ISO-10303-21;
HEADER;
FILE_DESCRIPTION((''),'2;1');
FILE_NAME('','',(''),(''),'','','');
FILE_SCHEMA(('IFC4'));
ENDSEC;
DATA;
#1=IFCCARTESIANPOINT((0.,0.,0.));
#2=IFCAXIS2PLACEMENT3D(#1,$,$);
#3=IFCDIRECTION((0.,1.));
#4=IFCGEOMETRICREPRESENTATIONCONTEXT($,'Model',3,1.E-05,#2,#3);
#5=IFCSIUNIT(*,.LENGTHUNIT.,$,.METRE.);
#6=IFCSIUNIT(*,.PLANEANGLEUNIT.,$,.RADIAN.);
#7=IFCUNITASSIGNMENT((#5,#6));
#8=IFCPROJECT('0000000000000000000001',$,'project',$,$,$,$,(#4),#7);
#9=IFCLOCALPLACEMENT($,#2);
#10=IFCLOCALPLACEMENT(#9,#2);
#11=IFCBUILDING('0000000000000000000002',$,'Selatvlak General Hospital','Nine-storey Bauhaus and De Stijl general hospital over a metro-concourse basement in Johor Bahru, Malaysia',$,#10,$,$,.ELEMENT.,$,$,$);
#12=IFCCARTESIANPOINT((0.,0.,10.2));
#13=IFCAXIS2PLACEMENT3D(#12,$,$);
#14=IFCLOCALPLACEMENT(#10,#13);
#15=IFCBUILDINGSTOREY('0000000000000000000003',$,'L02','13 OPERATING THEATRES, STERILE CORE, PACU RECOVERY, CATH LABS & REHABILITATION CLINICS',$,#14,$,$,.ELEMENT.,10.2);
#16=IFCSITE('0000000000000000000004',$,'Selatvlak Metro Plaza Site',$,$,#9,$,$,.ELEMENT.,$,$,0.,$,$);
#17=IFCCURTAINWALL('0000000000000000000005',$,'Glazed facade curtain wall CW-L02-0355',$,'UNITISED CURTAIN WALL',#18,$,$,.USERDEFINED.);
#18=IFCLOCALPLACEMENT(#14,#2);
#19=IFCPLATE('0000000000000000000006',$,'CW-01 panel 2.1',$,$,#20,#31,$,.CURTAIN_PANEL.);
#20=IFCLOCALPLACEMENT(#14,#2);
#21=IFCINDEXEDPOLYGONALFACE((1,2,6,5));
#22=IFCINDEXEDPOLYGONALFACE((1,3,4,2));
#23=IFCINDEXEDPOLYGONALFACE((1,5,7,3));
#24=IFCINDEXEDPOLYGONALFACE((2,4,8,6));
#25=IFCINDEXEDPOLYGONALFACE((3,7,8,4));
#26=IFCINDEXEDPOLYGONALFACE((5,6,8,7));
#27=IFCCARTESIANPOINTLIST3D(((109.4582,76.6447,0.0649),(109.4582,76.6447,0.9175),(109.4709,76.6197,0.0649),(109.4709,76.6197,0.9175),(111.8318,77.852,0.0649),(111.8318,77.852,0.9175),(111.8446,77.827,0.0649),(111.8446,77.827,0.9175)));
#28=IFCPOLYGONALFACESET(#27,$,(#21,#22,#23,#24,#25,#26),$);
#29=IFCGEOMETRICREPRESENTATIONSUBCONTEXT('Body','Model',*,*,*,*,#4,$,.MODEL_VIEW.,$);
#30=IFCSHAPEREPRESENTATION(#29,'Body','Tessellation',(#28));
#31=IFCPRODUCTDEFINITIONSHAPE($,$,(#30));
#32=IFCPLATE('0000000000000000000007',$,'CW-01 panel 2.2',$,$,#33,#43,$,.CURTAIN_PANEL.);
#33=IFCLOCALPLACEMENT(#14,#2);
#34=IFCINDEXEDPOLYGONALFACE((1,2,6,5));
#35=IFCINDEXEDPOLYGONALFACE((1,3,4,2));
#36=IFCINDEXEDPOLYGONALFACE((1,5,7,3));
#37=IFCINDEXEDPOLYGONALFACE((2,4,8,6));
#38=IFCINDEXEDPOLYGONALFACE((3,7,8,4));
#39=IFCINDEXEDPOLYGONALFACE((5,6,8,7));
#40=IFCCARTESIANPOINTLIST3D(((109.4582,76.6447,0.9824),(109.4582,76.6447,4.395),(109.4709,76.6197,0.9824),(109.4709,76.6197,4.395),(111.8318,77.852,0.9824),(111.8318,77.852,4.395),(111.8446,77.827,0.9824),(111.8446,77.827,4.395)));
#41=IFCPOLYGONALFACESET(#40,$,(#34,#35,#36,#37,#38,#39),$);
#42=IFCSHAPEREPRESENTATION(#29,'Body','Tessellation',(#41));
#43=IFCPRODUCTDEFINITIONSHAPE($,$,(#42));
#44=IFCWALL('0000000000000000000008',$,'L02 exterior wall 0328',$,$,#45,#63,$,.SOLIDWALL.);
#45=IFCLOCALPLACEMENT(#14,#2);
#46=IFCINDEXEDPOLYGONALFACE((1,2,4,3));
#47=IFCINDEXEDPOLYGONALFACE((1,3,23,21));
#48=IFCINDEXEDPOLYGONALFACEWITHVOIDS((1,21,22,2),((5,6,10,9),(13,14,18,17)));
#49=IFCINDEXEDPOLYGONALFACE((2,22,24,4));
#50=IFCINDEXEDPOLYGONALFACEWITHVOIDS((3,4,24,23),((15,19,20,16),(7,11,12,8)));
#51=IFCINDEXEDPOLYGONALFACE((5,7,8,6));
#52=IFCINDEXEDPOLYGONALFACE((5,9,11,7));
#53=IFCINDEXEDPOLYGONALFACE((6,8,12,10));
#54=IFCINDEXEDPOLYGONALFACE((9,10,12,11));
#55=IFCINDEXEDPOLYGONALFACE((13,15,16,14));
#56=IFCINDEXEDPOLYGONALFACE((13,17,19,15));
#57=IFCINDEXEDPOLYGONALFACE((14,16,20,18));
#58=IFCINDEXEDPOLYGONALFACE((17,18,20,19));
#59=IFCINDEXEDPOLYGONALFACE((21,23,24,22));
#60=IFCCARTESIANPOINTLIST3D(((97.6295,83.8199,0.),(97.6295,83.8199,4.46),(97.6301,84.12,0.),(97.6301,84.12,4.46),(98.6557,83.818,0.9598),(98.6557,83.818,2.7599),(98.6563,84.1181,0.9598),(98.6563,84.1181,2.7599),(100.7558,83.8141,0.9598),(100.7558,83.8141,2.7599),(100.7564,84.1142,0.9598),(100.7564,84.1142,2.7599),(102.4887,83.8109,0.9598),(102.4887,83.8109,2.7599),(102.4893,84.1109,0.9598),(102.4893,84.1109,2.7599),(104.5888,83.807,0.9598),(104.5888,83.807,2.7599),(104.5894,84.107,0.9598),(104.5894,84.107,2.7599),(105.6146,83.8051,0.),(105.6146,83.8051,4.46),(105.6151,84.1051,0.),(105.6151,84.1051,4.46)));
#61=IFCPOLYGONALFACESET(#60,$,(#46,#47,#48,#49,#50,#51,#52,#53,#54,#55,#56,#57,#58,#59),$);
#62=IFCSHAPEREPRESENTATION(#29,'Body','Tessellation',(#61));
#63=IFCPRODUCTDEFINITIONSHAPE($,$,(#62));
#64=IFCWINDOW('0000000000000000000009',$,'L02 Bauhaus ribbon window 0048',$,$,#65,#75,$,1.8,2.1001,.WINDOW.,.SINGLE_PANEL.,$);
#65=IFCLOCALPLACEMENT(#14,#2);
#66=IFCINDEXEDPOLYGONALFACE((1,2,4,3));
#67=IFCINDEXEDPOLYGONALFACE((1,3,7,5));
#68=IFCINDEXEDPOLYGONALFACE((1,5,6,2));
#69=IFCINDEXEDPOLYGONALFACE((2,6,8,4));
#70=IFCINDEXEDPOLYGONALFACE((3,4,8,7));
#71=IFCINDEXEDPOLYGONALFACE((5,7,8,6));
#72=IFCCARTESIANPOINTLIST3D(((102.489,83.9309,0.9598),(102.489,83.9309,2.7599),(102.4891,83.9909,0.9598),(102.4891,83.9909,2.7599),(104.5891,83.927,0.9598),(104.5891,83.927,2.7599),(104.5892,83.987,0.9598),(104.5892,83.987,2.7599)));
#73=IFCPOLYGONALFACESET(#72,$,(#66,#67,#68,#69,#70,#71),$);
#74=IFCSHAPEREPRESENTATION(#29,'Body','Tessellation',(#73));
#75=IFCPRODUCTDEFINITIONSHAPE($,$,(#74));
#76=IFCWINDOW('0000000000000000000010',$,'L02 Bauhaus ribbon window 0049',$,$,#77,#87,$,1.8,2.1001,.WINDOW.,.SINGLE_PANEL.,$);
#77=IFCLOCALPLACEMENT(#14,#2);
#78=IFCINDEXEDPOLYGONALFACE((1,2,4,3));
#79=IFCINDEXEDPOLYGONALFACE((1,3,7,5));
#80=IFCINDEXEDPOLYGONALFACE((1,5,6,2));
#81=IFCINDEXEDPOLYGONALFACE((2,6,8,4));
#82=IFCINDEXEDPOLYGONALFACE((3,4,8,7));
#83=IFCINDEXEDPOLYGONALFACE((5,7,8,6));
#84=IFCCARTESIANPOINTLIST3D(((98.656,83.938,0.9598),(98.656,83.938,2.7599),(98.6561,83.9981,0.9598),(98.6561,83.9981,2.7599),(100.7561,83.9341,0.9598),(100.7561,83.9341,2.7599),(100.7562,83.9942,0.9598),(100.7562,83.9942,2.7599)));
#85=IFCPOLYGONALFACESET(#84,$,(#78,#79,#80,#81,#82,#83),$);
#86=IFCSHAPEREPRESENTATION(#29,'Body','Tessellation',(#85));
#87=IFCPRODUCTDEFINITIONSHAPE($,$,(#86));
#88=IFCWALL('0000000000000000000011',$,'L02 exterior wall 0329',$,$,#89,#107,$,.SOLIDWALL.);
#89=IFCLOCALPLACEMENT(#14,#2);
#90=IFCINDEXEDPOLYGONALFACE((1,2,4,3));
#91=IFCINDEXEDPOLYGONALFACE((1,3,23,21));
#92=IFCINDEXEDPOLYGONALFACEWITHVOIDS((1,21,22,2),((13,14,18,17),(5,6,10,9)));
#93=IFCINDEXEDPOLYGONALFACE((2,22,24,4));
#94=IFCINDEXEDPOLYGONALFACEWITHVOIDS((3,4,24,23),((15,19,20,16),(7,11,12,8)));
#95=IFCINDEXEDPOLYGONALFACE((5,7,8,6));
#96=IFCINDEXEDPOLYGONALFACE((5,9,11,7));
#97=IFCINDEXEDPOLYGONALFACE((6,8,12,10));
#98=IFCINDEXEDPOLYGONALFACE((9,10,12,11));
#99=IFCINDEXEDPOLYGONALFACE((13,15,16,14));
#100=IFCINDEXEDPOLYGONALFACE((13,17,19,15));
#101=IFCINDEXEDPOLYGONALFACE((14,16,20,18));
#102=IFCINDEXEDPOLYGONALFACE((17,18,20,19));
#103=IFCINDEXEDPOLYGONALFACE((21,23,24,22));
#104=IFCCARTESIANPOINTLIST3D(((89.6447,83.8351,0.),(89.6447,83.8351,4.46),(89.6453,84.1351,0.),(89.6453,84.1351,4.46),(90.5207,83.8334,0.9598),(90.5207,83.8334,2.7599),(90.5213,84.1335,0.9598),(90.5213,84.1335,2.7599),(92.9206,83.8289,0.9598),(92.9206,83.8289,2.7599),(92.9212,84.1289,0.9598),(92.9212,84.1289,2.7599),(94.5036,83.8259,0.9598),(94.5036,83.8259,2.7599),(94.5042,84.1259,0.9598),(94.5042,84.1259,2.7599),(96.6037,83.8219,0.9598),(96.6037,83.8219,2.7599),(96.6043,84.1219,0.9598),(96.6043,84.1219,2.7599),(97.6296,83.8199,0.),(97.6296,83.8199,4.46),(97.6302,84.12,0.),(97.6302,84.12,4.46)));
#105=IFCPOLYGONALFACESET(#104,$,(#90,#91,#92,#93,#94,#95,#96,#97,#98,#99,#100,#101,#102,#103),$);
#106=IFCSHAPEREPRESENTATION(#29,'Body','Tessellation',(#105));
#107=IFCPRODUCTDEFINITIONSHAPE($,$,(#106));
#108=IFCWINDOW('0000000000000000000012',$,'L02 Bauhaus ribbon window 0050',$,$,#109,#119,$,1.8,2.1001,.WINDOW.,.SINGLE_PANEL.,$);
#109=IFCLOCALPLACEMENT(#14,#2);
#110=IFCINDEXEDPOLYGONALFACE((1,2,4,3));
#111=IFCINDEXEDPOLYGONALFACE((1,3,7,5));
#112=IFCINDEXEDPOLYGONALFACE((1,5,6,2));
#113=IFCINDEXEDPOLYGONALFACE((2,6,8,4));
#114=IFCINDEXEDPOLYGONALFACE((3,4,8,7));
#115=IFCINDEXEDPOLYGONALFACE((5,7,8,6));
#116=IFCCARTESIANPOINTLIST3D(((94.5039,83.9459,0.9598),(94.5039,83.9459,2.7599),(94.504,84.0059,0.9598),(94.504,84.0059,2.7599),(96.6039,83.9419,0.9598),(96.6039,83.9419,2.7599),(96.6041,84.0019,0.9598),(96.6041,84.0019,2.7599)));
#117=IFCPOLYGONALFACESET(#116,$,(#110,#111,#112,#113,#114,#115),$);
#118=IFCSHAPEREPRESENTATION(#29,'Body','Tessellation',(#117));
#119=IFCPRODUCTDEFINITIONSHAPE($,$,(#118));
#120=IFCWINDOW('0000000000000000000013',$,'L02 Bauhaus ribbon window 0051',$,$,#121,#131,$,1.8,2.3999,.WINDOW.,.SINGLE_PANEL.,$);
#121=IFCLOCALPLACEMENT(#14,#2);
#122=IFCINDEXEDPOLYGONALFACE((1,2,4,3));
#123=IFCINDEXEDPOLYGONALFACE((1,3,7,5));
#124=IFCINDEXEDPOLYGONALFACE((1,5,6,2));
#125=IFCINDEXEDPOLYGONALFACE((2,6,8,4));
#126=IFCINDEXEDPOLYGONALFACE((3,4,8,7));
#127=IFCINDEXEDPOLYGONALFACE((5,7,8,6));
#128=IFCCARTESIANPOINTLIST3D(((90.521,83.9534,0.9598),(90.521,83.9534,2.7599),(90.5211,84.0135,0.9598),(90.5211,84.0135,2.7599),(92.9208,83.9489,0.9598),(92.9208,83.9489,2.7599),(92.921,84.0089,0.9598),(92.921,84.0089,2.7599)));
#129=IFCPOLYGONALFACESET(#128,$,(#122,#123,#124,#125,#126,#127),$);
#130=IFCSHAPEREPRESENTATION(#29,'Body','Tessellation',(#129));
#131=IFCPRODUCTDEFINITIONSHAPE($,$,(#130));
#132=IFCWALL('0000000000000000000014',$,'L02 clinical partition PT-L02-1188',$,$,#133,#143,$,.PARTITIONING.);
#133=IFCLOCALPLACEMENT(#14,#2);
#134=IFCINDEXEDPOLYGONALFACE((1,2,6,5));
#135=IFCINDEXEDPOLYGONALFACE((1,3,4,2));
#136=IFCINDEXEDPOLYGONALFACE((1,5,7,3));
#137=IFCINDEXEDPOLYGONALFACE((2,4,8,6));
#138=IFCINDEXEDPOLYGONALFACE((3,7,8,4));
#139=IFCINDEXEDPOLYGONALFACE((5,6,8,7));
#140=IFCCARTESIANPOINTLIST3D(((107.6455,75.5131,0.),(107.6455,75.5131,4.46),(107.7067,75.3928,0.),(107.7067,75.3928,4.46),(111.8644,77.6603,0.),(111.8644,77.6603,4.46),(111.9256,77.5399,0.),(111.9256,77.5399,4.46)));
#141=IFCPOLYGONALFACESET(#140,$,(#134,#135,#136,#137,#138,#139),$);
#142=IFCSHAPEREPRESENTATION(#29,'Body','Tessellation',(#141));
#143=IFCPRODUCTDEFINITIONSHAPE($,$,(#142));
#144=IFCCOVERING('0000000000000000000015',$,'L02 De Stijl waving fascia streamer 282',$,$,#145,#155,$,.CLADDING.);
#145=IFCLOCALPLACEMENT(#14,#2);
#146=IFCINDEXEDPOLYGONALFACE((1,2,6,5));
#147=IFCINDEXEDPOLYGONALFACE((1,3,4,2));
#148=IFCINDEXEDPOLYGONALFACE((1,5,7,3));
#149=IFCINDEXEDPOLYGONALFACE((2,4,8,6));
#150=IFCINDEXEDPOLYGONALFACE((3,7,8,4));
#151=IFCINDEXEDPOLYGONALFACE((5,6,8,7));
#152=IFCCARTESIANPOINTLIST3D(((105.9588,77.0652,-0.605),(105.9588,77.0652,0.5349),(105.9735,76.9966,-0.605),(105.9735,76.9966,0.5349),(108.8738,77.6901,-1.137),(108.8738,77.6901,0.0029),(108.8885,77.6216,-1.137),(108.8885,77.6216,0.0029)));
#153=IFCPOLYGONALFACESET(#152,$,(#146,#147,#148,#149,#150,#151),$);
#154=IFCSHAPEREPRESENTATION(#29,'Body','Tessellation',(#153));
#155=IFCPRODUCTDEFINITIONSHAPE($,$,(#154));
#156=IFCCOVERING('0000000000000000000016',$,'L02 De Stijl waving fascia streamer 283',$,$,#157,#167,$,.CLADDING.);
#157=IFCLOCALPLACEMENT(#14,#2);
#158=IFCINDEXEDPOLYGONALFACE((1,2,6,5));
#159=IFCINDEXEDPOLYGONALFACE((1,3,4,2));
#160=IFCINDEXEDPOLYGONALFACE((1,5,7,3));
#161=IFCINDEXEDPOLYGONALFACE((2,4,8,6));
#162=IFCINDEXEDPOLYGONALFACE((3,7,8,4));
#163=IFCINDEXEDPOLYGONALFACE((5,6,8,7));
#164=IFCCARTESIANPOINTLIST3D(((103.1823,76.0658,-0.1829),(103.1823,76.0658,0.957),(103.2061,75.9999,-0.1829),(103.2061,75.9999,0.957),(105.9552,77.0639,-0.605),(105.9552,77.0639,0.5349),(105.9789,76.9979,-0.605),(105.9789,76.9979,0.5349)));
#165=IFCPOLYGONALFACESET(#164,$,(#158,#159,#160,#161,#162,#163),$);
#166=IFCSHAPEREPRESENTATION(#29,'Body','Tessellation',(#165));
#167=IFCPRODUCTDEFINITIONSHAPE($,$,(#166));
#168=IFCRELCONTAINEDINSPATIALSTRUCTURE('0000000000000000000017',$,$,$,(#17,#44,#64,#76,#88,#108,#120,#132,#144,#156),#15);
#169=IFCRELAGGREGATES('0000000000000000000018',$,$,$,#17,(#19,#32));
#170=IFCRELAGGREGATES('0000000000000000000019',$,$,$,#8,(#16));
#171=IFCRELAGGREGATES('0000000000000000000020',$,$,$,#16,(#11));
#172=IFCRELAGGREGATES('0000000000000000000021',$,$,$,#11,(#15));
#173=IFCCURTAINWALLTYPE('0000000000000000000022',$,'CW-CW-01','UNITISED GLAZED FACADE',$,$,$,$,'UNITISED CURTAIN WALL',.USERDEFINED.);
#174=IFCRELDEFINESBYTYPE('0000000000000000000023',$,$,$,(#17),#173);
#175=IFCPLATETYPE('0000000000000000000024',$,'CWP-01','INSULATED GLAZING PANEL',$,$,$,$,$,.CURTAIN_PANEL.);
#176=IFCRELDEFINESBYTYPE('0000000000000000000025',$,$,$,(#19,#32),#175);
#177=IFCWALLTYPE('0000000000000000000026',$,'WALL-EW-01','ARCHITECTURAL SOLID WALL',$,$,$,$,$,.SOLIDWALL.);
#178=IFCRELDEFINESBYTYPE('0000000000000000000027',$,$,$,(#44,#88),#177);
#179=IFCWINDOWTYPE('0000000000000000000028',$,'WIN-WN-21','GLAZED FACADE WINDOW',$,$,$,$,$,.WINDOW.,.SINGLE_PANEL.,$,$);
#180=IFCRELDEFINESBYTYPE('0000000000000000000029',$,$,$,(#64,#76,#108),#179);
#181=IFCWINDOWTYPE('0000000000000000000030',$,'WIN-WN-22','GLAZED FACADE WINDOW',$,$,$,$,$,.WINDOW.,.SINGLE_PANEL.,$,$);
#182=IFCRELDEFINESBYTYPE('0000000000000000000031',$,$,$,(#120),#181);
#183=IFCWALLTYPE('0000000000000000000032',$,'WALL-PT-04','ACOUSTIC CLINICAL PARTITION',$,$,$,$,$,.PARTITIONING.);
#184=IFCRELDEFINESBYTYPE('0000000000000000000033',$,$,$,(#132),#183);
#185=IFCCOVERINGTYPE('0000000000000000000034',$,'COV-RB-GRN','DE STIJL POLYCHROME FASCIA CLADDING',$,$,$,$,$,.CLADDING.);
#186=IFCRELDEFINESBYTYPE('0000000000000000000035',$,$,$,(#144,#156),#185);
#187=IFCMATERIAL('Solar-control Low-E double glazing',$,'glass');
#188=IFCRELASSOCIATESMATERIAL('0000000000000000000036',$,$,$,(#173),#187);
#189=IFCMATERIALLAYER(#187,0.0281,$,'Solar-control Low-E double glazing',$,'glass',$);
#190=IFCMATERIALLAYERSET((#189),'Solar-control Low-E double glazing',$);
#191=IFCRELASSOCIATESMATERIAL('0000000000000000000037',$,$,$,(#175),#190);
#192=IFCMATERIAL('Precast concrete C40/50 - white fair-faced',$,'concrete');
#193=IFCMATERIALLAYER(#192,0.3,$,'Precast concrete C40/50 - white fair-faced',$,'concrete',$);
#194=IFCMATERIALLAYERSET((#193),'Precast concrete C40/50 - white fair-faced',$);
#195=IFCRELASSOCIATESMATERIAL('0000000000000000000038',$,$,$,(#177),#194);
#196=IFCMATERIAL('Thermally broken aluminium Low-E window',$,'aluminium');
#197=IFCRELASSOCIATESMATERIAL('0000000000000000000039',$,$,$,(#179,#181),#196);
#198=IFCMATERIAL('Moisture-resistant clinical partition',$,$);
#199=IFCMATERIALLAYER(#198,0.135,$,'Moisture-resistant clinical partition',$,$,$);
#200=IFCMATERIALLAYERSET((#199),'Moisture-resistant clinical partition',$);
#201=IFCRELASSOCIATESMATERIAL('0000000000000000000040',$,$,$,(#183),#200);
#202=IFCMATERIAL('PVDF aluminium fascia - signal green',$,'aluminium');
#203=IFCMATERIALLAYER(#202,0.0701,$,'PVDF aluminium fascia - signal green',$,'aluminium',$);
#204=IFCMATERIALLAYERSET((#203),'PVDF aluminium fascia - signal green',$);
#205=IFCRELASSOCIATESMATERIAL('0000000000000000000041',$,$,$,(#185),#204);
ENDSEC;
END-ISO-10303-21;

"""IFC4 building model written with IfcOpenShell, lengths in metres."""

from ifc_helpers import new_model, si_unit, direction, frame, frame_2d, origin, origin_2d, place, context, subcontext, project, spatial, polyline, rectangle, outline, extrude, material, layer, layer_set, type_object, element, fill, aggregate, save


model = new_model("IFC4")

# Units and contexts
model_context = context("Model", 3, precision=1e-05, world=origin(), true_north=direction((0.0, 1.0)))
body_context = subcontext(model_context, "Body", "Model", "MODEL_VIEW")
ifc_project = project(units=[si_unit("LENGTHUNIT", "METRE"), si_unit("PLANEANGLEUNIT", "RADIAN")], contexts=[model_context])

# Site, building, storey
site_placement = place(None, origin())
site = spatial("IfcSite", under=ifc_project, at=site_placement, Name="Selatvlak Metro Plaza Site", CompositionType="ELEMENT", RefElevation=0.0)
building_placement = place(site_placement, origin())
building = spatial("IfcBuilding", under=site, at=building_placement, Name="Selatvlak General Hospital", Description="Nine-storey Bauhaus and De Stijl general hospital over a metro-concourse basement in Johor Bahru, Malaysia", CompositionType="ELEMENT")
storey_placement = place(building_placement, frame((0.0, 0.0, 10.2)))
storey = spatial("IfcBuildingStorey", under=building, at=storey_placement, Name="L02", Description="13 OPERATING THEATRES, STERILE CORE, PACU RECOVERY, CATH LABS & REHABILITATION CLINICS", CompositionType="ELEMENT", Elevation=10.2)

# Curtain wall
ifc_material_1 = material(Name="Solar-control Low-E double glazing", Category="glass")
curtain_wall_type_1 = type_object("IfcCurtainWallType", Name="CW-CW-01", Description="UNITISED GLAZED FACADE", ElementType="UNITISED CURTAIN WALL", PredefinedType="USERDEFINED", material=ifc_material_1)
curtain_wall_1_placement = place(storey_placement, origin())
curtain_wall_1 = element("IfcCurtainWall", 1, at=curtain_wall_1_placement, inside=storey, type_object=curtain_wall_type_1, Name="Glazed facade curtain wall CW-L02-0355", ObjectType="UNITISED CURTAIN WALL", PredefinedType="USERDEFINED")

# Plates
ifc_layer_1 = layer(ifc_material_1, 0.0281, Name="Solar-control Low-E double glazing", Category="glass")
ifc_layer_set_1 = layer_set([ifc_layer_1], Name="Solar-control Low-E double glazing")
plate_type = type_object("IfcPlateType", Name="CWP-01", Description="INSULATED GLAZING PANEL", PredefinedType="CURTAIN_PANEL", material=ifc_layer_set_1)
plate_1_placement = place(storey_placement, frame((110.6514, 77.2358, 0.0649), z_axis=(0.0, 0.0, 1.0), x_axis=(0.891327, 0.453361, 0.0)))
plate_1 = element("IfcPlate", 2, at=plate_1_placement, type_object=plate_type, Name="CW-01 panel 2.1", PredefinedType="CURTAIN_PANEL", context=body_context, shape_type="SweptSolid", body=[
    extrude(rectangle(XDim=2.6631, YDim=0.0281, at=origin_2d()), origin(), (0.0, 0.0, 1.0), 0.8525),
])
plate_2_placement = place(storey_placement, frame((110.6514, 77.2358, 0.9824), z_axis=(0.0, 0.0, 1.0), x_axis=(0.891327, 0.453361, 0.0)))
plate_2 = element("IfcPlate", 3, at=plate_2_placement, type_object=plate_type, Name="CW-01 panel 2.2", PredefinedType="CURTAIN_PANEL", context=body_context, shape_type="SweptSolid", body=[
    extrude(rectangle(XDim=2.6631, YDim=0.0281, at=origin_2d()), origin(), (0.0, 0.0, 1.0), 3.4126),
])
aggregate(curtain_wall_1, [plate_1, plate_2])

# Walls, openings, windows
ifc_material_2 = material(Name="Precast concrete C40/50 - white fair-faced", Category="concrete")
ifc_layer_2 = layer(ifc_material_2, 0.3, Name="Precast concrete C40/50 - white fair-faced", Category="concrete")
ifc_layer_set_2 = layer_set([ifc_layer_2], Name="Precast concrete C40/50 - white fair-faced")
wall_type_1 = type_object("IfcWallType", Name="WALL-EW-01", Description="ARCHITECTURAL SOLID WALL", PredefinedType="SOLIDWALL", material=ifc_layer_set_2)
wall_1_placement = place(storey_placement, frame((105.615, 83.9551, 0.0), z_axis=(0.0, 0.0, 1.0), x_axis=(-0.999998, 0.001865, 0.0)))
wall_1 = element("IfcWall", 4, at=wall_1_placement, inside=storey, type_object=wall_type_1, Name="L02 exterior wall 0328", PredefinedType="SOLIDWALL", context=body_context, shape_type="SweptSolid", body=[
    extrude(rectangle(XDim=7.9851, YDim=0.3, at=frame_2d((3.9927, 0.0))), origin(), (0.0, 0.0, 1.0), 4.46),
])
opening_1_placement = place(wall_1_placement, frame((1.0259, 0.0, 0.96)))
opening_1 = element("IfcOpeningElement", 5, at=opening_1_placement, cuts=wall_1, PredefinedType="OPENING", context=body_context, shape_type="SweptSolid", body=[
    extrude(rectangle(XDim=2.1001, YDim=1.8, at=frame_2d((1.05, 0.8999))), frame((0.0, 0.1599, 0.0), z_axis=(0.0, -1.0, 0.0), x_axis=(1.0, 0.0, 0.0)), (0.0, 0.0, 1.0), 0.3201),
])
opening_2_placement = place(wall_1_placement, frame((4.8589, 0.0, 0.96)))
opening_2 = element("IfcOpeningElement", 6, at=opening_2_placement, cuts=wall_1, PredefinedType="OPENING", context=body_context, shape_type="SweptSolid", body=[
    extrude(rectangle(XDim=2.1001, YDim=1.8, at=frame_2d((1.05, 0.8999))), frame((0.0, 0.1599, 0.0), z_axis=(0.0, -1.0, 0.0), x_axis=(1.0, 0.0, 0.0)), (0.0, 0.0, 1.0), 0.3201),
])
ifc_material_3 = material(Name="Thermally broken aluminium Low-E window", Category="aluminium")
window_type_1 = type_object("IfcWindowType", Name="WIN-WN-21", Description="GLAZED FACADE WINDOW", PartitioningType="SINGLE_PANEL", PredefinedType="WINDOW", material=ifc_material_3)
window_1_placement = place(opening_1_placement, origin())
window_1 = element("IfcWindow", 7, at=window_1_placement, inside=storey, type_object=window_type_1, Name="L02 Bauhaus ribbon window 0048", OverallHeight=1.8, OverallWidth=2.1001, PartitioningType="SINGLE_PANEL", PredefinedType="WINDOW", context=body_context, shape_type="SweptSolid", body=[
    extrude(rectangle(XDim=2.1001, YDim=1.8, at=frame_2d((1.05, 0.8999))), frame((0.0, 0.03, 0.0), z_axis=(0.0, -1.0, 0.0), x_axis=(1.0, 0.0, 0.0)), (0.0, 0.0, 1.0), 0.0601),
])
fill(opening_1, window_1)
window_2_placement = place(opening_2_placement, origin())
window_2 = element("IfcWindow", 8, at=window_2_placement, inside=storey, type_object=window_type_1, Name="L02 Bauhaus ribbon window 0049", OverallHeight=1.8, OverallWidth=2.1001, PartitioningType="SINGLE_PANEL", PredefinedType="WINDOW", context=body_context, shape_type="SweptSolid", body=[
    extrude(rectangle(XDim=2.1001, YDim=1.8, at=frame_2d((1.05, 0.8999))), frame((0.0, 0.03, 0.0), z_axis=(0.0, -1.0, 0.0), x_axis=(1.0, 0.0, 0.0)), (0.0, 0.0, 1.0), 0.0601),
])
fill(opening_2, window_2)
wall_2_placement = place(storey_placement, frame((97.6299, 83.97, 0.0), z_axis=(0.0, 0.0, 1.0), x_axis=(-0.999998, 0.001896, 0.0)))
wall_2 = element("IfcWall", 9, at=wall_2_placement, inside=storey, type_object=wall_type_1, Name="L02 exterior wall 0329", PredefinedType="SOLIDWALL", context=body_context, shape_type="SweptSolid", body=[
    extrude(rectangle(XDim=7.9849, YDim=0.3, at=frame_2d((3.9924, 0.0))), origin(), (0.0, 0.0, 1.0), 4.46),
])
opening_3_placement = place(wall_2_placement, frame((1.0259, 0.0, 0.96)))
opening_3 = element("IfcOpeningElement", 10, at=opening_3_placement, cuts=wall_2, PredefinedType="OPENING", context=body_context, shape_type="SweptSolid", body=[
    extrude(rectangle(XDim=2.1001, YDim=1.8, at=frame_2d((1.05, 0.8999))), frame((0.0, 0.1599, 0.0), z_axis=(0.0, -1.0, 0.0), x_axis=(1.0, 0.0, 0.0)), (0.0, 0.0, 1.0), 0.3201),
])
opening_4_placement = place(wall_2_placement, frame((4.709, 0.0, 0.96)))
opening_4 = element("IfcOpeningElement", 11, at=opening_4_placement, cuts=wall_2, PredefinedType="OPENING", context=body_context, shape_type="SweptSolid", body=[
    extrude(rectangle(XDim=2.3999, YDim=1.8, at=frame_2d((1.2, 0.8999))), frame((0.0, 0.1599, 0.0), z_axis=(0.0, -1.0, 0.0), x_axis=(1.0, 0.0, 0.0)), (0.0, 0.0, 1.0), 0.3201),
])
window_3_placement = place(opening_3_placement, origin())
window_3 = element("IfcWindow", 12, at=window_3_placement, inside=storey, type_object=window_type_1, Name="L02 Bauhaus ribbon window 0050", OverallHeight=1.8, OverallWidth=2.1001, PartitioningType="SINGLE_PANEL", PredefinedType="WINDOW", context=body_context, shape_type="SweptSolid", body=[
    extrude(rectangle(XDim=2.1001, YDim=1.8, at=frame_2d((1.05, 0.8999))), frame((0.0, 0.03, 0.0), z_axis=(0.0, -1.0, 0.0), x_axis=(1.0, 0.0, 0.0)), (0.0, 0.0, 1.0), 0.0601),
])
fill(opening_3, window_3)
window_type_2 = type_object("IfcWindowType", Name="WIN-WN-22", Description="GLAZED FACADE WINDOW", PartitioningType="SINGLE_PANEL", PredefinedType="WINDOW", material=ifc_material_3)
window_4_placement = place(opening_4_placement, origin())
window_4 = element("IfcWindow", 13, at=window_4_placement, inside=storey, type_object=window_type_2, Name="L02 Bauhaus ribbon window 0051", OverallHeight=1.8, OverallWidth=2.3999, PartitioningType="SINGLE_PANEL", PredefinedType="WINDOW", context=body_context, shape_type="SweptSolid", body=[
    extrude(rectangle(XDim=2.3999, YDim=1.8, at=frame_2d((1.2, 0.8999))), frame((0.0, 0.03, 0.0), z_axis=(0.0, -1.0, 0.0), x_axis=(1.0, 0.0, 0.0)), (0.0, 0.0, 1.0), 0.0601),
])
fill(opening_4, window_4)

# Wall
ifc_material_4 = material(Name="Moisture-resistant clinical partition")
ifc_layer_3 = layer(ifc_material_4, 0.135, Name="Moisture-resistant clinical partition")
ifc_layer_set_3 = layer_set([ifc_layer_3], Name="Moisture-resistant clinical partition")
wall_type_2 = type_object("IfcWallType", Name="WALL-PT-04", Description="ACOUSTIC CLINICAL PARTITION", PredefinedType="PARTITIONING", material=ifc_layer_set_3)
wall_3_placement = place(storey_placement, frame((111.895, 77.6001, 0.0), z_axis=(0.0, 0.0, 1.0), x_axis=(-0.891217, -0.453577, 0.0)))
element("IfcWall", 14, at=wall_3_placement, inside=storey, type_object=wall_type_2, Name="L02 clinical partition PT-L02-1188", PredefinedType="PARTITIONING", context=body_context, shape_type="SweptSolid", body=[
    extrude(rectangle(XDim=4.7339, YDim=0.135, at=frame_2d((2.3669, 0.0))), origin(), (0.0, 0.0, 1.0), 4.46),
])

# Coverings
ifc_material_5 = material(Name="PVDF aluminium fascia - signal green", Category="aluminium")
ifc_layer_4 = layer(ifc_material_5, 0.0701, Name="PVDF aluminium fascia - signal green", Category="aluminium")
ifc_layer_set_4 = layer_set([ifc_layer_4], Name="PVDF aluminium fascia - signal green")
covering_type_1 = type_object("IfcCoveringType", Name="COV-RB-GRN", Description="DE STIJL POLYCHROME FASCIA CLADDING", PredefinedType="CLADDING", material=ifc_layer_set_4)
covering_1_placement = place(storey_placement, frame((108.8811, 77.656, -1.137), z_axis=(0.0, 0.0, 1.0), x_axis=(-0.977778, -0.209641, 0.0)))
element("IfcCovering", 15, at=covering_1_placement, inside=storey, type_object=covering_type_1, Name="L02 De Stijl waving fascia streamer 282", PredefinedType="CLADDING", context=body_context, shape_type="SweptSolid", body=[
    extrude(outline(polyline([(0.0, 0.0), (2.9812, 0.532), (2.9812, 1.6719), (0.0, 1.1399), (0.0, 0.0)])), frame((0.0, 0.0352, 0.0), z_axis=(0.0, -1.0, 0.0), x_axis=(1.0, 0.0, 0.0)), (0.0, 0.0, 1.0), 0.0701),
])
covering_2_placement = place(storey_placement, frame((105.967, 77.031, -0.605), z_axis=(0.0, 0.0, 1.0), x_axis=(-0.940911, -0.338655, 0.0)))
element("IfcCovering", 16, at=covering_2_placement, inside=storey, type_object=covering_type_1, Name="L02 De Stijl waving fascia streamer 283", PredefinedType="CLADDING", context=body_context, shape_type="SweptSolid", body=[
    extrude(outline(polyline([(0.0, 0.0), (2.947, 0.4221), (2.947, 1.562), (0.0, 1.1399), (0.0, 0.0)])), frame((0.0, 0.0352, 0.0), z_axis=(0.0, -1.0, 0.0), x_axis=(1.0, 0.0, 0.0)), (0.0, 0.0, 1.0), 0.0701),
])

save(model, "model.ifc")
